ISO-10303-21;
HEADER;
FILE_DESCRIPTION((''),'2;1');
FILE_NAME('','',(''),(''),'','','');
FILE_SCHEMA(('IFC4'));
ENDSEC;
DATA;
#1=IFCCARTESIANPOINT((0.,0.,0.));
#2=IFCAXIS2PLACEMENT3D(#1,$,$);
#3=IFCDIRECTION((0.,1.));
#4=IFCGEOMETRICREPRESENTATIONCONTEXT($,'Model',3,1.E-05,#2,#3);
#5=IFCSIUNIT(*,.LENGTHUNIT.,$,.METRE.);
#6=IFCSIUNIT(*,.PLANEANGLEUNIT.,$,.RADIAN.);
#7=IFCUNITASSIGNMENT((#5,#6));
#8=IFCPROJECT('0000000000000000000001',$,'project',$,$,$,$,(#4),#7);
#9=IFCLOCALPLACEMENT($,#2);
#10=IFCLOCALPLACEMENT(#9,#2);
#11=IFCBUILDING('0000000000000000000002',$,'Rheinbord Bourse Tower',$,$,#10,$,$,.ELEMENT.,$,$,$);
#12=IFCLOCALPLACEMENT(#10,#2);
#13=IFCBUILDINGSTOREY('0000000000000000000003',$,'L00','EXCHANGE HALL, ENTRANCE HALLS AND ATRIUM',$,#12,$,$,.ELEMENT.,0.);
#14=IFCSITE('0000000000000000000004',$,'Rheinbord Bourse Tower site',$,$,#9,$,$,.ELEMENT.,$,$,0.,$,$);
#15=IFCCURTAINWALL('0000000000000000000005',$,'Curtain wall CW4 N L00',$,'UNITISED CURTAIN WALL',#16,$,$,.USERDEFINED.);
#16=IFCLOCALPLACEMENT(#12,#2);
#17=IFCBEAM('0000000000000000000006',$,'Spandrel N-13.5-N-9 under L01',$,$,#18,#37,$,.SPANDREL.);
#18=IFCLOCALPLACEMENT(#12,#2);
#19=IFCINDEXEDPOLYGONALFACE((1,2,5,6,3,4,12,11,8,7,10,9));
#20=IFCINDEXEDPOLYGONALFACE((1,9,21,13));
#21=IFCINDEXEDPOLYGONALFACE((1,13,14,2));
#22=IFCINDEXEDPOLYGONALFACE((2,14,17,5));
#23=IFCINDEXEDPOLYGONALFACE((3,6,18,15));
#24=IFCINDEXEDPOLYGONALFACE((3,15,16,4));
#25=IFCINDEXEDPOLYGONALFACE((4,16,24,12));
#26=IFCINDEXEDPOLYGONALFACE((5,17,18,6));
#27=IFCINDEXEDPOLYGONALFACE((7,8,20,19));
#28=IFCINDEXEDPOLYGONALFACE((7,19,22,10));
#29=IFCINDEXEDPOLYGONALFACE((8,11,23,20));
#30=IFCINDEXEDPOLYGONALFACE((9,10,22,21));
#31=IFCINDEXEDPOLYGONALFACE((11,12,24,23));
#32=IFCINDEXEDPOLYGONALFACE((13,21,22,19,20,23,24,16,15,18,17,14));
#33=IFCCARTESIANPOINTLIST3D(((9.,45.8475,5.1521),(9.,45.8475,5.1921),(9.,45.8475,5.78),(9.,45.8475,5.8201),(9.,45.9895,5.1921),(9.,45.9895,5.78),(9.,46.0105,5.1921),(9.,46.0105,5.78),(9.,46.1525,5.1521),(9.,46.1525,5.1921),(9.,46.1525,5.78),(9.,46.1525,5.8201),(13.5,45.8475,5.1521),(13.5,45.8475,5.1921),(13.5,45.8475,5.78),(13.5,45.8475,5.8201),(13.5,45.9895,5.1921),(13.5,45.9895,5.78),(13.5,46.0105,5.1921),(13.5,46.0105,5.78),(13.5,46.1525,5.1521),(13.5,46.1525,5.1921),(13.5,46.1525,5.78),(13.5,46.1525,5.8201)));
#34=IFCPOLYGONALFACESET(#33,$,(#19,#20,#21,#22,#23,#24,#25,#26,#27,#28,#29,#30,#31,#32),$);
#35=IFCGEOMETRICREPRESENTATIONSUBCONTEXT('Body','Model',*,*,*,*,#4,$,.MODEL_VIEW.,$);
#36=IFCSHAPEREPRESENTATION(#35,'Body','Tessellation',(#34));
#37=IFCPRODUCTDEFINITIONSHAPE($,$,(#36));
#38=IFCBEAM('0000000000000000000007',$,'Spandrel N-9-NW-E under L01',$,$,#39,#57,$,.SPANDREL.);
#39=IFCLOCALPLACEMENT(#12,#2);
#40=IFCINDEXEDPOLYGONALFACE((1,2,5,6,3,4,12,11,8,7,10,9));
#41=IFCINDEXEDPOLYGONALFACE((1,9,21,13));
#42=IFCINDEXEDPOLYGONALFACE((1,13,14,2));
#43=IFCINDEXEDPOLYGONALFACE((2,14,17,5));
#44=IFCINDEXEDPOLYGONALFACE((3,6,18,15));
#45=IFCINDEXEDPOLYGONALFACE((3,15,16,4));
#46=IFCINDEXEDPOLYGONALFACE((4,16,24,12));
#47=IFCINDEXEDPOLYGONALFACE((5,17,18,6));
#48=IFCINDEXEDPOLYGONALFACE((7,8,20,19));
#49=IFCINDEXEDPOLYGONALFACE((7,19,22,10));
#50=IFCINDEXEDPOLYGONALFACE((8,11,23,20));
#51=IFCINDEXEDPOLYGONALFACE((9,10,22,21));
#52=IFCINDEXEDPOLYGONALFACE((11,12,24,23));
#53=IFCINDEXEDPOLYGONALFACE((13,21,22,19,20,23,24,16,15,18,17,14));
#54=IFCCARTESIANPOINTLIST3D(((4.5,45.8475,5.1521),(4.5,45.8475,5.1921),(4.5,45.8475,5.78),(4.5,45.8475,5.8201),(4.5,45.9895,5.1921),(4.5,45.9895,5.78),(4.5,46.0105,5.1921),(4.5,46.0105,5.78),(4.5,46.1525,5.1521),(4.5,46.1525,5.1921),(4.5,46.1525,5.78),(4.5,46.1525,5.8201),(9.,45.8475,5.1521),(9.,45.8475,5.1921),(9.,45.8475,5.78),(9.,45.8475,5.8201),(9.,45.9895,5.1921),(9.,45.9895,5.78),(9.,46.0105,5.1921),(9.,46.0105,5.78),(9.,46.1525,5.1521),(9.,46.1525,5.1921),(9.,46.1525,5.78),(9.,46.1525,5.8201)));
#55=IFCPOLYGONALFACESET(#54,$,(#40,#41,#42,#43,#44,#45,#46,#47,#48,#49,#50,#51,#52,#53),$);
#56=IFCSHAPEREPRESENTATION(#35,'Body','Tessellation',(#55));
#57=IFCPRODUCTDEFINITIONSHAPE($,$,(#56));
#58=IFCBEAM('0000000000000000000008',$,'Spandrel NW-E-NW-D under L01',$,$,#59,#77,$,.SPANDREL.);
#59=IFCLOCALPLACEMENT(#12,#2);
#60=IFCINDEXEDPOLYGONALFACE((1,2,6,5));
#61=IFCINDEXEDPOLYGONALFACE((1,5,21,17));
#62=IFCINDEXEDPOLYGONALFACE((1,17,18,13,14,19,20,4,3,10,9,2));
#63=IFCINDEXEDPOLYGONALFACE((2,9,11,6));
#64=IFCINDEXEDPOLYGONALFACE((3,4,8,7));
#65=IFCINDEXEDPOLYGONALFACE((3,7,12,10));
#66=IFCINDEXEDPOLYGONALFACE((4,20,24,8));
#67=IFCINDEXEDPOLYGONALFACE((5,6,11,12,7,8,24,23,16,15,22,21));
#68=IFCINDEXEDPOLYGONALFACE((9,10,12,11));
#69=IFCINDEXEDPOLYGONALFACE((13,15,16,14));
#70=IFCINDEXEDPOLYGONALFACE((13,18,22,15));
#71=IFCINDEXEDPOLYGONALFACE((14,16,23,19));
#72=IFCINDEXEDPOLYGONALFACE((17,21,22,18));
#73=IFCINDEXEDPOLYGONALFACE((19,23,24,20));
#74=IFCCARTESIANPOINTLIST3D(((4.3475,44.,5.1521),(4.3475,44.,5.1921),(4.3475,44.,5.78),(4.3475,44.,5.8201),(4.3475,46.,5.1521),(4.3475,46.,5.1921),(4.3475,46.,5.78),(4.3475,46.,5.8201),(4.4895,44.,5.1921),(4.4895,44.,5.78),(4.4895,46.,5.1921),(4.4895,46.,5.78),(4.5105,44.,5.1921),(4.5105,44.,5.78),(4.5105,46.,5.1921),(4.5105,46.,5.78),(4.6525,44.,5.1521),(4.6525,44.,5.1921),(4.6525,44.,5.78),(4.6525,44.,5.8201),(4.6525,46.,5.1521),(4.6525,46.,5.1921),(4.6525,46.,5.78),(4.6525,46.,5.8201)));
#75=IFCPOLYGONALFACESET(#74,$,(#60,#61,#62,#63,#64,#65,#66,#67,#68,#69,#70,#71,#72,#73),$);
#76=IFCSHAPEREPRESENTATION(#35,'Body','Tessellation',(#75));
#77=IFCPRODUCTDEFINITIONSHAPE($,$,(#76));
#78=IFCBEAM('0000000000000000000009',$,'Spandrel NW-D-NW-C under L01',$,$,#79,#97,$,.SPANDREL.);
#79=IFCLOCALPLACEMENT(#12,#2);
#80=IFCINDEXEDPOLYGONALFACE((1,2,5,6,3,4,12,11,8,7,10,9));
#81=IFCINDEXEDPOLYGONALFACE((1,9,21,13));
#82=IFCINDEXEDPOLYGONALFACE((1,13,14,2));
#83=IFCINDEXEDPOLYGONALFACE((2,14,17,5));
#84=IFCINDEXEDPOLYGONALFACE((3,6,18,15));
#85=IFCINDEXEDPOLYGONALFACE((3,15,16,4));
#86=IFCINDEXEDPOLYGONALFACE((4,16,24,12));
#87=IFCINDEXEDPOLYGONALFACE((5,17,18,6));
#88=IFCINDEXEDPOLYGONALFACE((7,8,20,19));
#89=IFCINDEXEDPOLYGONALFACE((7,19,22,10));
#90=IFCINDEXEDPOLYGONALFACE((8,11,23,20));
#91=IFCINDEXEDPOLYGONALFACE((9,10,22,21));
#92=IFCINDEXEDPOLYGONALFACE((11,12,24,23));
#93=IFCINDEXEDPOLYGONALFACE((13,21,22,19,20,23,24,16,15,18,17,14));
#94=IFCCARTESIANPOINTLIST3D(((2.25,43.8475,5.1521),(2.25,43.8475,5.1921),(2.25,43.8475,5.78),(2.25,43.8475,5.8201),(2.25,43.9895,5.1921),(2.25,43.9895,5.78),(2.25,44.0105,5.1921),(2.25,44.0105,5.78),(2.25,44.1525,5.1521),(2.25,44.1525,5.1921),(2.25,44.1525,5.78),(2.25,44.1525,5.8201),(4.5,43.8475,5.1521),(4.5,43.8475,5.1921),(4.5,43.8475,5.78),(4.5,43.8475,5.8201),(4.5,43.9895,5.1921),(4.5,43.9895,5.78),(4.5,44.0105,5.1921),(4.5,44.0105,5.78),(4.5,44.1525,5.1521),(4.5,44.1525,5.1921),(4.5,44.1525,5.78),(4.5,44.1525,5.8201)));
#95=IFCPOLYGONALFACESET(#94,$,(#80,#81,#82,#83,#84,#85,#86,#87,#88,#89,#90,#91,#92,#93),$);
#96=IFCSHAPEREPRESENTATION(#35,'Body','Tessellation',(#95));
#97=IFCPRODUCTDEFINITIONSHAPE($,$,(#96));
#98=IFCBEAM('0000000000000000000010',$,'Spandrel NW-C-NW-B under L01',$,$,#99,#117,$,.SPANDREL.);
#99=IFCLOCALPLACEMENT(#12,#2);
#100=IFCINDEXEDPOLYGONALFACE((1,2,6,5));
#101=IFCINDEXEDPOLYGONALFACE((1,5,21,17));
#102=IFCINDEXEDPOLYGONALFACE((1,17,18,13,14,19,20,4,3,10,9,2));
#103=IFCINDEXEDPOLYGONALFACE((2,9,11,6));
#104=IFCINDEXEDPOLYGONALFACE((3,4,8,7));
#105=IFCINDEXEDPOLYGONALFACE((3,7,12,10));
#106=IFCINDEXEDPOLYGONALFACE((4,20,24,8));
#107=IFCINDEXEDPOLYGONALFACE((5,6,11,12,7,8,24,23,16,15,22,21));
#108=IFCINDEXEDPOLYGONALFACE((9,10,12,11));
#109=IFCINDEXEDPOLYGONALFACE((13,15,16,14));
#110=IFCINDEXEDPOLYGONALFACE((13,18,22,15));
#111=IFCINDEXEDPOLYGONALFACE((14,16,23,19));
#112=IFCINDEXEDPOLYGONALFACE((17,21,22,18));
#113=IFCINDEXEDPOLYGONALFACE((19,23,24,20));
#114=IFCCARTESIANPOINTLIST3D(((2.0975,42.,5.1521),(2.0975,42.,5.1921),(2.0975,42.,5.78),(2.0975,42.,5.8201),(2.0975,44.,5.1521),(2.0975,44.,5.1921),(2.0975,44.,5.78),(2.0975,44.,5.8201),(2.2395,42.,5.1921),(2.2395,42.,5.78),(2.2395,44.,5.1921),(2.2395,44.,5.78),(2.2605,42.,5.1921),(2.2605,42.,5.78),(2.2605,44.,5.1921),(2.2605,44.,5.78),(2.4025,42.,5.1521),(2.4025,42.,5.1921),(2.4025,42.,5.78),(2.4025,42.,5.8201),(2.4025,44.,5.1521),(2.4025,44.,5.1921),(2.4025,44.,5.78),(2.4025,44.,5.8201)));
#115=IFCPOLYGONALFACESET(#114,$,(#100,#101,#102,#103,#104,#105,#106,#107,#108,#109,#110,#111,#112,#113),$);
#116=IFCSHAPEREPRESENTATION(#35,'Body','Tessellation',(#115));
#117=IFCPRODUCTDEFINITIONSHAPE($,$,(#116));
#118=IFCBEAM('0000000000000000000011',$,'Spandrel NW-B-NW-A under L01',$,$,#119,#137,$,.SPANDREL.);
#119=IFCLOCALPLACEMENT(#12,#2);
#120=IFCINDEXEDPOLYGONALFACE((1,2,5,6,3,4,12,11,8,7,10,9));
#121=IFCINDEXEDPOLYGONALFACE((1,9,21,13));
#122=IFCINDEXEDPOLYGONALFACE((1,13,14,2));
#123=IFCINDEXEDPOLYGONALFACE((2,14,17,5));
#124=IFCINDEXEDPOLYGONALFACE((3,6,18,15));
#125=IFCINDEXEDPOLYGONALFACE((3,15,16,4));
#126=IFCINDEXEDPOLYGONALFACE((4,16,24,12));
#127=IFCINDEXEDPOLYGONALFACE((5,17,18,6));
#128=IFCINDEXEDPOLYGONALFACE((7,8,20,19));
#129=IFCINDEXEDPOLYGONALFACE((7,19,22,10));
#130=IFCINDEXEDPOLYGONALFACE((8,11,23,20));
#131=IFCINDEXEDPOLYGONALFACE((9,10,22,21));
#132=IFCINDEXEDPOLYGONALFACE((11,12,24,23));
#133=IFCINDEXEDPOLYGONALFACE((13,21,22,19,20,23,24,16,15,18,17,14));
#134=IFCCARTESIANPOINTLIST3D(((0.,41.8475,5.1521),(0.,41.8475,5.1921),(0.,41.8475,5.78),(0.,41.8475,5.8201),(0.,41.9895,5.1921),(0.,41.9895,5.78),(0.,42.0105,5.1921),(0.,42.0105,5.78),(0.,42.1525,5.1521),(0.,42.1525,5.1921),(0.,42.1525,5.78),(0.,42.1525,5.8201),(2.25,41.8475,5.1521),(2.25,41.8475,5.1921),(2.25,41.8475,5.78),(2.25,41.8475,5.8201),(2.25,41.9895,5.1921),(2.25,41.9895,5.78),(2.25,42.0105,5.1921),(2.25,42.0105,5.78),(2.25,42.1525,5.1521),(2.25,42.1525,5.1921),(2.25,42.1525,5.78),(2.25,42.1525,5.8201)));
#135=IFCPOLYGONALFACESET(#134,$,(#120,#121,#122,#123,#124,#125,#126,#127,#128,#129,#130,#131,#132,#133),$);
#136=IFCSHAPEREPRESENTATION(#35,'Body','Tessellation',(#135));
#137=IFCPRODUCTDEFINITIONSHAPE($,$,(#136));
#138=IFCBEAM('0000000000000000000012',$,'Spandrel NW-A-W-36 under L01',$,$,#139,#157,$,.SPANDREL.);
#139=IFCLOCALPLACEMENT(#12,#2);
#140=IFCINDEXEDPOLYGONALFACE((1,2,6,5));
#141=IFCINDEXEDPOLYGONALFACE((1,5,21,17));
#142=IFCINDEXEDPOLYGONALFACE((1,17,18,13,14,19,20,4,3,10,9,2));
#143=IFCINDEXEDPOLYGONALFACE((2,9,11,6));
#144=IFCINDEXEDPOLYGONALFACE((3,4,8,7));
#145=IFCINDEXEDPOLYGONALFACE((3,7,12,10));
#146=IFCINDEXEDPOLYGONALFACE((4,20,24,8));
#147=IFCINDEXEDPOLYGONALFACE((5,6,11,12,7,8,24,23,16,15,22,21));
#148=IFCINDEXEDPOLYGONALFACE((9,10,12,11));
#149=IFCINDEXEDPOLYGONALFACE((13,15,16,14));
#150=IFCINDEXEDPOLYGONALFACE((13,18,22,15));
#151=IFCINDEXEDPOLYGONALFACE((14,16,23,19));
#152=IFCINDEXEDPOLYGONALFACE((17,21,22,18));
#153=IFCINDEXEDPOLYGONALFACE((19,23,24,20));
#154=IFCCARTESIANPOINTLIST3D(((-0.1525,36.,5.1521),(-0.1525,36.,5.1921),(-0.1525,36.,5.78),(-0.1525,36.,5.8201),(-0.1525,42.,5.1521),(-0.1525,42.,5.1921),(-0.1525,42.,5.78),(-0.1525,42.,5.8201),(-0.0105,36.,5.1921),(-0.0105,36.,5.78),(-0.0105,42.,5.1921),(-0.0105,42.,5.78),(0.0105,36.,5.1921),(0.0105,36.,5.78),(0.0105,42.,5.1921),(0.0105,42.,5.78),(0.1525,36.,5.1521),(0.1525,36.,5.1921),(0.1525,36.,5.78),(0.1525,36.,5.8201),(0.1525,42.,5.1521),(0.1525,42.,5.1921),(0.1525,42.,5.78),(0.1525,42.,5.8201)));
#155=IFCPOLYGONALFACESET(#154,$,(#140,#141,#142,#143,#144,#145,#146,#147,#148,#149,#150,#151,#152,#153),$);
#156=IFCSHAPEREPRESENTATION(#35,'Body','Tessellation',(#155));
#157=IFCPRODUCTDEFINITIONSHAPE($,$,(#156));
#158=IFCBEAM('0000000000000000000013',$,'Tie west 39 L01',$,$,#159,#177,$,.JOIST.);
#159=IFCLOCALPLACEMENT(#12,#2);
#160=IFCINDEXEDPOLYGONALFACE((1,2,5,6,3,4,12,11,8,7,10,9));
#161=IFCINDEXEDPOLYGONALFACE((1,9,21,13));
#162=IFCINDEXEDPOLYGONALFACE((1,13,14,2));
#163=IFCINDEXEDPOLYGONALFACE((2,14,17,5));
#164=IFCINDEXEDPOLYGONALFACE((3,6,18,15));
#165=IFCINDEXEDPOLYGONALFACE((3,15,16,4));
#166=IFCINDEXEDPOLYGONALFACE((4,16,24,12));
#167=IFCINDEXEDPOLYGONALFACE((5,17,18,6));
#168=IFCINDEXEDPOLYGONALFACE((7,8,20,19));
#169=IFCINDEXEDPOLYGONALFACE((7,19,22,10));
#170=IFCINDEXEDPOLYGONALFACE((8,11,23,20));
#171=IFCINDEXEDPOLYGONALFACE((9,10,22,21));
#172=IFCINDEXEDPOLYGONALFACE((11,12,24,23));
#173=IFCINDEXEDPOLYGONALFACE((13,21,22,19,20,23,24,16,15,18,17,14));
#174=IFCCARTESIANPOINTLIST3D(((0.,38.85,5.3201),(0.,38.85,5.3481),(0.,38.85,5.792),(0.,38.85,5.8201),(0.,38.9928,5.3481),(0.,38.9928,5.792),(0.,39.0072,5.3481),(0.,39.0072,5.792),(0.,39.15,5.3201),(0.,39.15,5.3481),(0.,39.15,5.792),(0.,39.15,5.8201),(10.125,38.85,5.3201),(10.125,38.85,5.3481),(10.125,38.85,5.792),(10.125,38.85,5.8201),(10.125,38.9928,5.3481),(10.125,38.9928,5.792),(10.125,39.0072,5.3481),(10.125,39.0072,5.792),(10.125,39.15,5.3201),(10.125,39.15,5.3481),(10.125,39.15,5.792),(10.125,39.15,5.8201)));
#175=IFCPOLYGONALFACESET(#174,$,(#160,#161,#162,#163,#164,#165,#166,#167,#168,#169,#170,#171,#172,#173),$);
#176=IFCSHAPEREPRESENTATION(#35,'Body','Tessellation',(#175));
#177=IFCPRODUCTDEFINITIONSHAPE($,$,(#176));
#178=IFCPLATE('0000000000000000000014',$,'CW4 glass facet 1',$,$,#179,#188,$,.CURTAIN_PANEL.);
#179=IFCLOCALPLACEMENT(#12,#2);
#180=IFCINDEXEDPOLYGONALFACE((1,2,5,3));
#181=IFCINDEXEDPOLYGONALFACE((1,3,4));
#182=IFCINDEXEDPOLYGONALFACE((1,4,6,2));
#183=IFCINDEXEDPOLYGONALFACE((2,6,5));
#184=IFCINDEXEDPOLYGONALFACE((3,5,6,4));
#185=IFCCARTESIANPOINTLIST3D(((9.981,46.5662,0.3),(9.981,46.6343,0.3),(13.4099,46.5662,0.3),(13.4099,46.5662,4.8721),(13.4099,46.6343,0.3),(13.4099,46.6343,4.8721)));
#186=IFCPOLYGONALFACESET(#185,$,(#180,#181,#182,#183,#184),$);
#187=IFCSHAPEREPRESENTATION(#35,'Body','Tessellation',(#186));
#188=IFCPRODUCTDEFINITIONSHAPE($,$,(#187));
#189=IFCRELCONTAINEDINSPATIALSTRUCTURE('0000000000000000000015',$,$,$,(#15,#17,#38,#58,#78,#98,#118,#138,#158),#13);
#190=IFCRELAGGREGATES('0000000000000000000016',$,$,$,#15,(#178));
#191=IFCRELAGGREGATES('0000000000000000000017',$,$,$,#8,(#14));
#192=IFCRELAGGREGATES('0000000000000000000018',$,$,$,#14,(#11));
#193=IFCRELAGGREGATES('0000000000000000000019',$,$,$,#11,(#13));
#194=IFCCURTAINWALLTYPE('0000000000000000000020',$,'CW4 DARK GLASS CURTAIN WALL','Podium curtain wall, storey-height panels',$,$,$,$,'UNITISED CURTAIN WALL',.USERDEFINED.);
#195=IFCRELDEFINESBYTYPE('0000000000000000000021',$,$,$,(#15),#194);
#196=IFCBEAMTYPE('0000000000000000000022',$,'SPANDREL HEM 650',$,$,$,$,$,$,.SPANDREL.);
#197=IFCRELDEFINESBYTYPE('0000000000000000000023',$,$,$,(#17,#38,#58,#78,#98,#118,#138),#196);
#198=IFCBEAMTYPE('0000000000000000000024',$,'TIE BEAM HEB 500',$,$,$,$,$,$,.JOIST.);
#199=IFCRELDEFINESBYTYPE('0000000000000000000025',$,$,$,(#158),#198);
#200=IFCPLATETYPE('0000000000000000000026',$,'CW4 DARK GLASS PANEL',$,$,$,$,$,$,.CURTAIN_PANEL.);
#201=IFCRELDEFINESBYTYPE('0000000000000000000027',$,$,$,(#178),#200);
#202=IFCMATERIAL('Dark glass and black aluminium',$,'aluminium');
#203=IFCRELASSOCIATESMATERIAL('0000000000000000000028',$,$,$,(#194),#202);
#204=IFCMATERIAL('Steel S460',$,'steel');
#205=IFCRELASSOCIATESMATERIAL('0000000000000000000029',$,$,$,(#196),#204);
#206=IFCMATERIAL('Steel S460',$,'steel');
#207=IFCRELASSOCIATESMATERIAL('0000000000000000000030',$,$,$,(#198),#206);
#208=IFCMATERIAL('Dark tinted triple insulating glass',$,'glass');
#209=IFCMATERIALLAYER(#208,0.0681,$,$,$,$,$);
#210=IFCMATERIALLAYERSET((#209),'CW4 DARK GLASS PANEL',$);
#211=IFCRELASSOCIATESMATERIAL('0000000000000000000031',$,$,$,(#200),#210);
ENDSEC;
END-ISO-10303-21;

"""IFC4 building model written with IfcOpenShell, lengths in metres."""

from ifc_helpers import new_model, si_unit, direction, frame, origin, origin_2d, place, context, subcontext, project, spatial, polyline, i_section, outline, extrude, material, layer, layer_set, material_profile, profile_set, type_object, element, aggregate, save


model = new_model("IFC4")

# Units and contexts
model_context = context("Model", 3, precision=1e-05, world=origin(), true_north=direction((0.0, 1.0)))
body_context = subcontext(model_context, "Body", "Model", "MODEL_VIEW")
ifc_project = project(units=[si_unit("LENGTHUNIT", "METRE"), si_unit("PLANEANGLEUNIT", "RADIAN")], contexts=[model_context])

# Site, building, storey
site_placement = place(None, origin())
site = spatial("IfcSite", under=ifc_project, at=site_placement, Name="Rheinbord Bourse Tower site", CompositionType="ELEMENT", RefElevation=0.0)
building_placement = place(site_placement, origin())
building = spatial("IfcBuilding", under=site, at=building_placement, Name="Rheinbord Bourse Tower", CompositionType="ELEMENT")
storey_placement = place(building_placement, origin())
storey = spatial("IfcBuildingStorey", under=building, at=storey_placement, Name="L00", Description="EXCHANGE HALL, ENTRANCE HALLS AND ATRIUM", CompositionType="ELEMENT", Elevation=0.0)

# Curtain wall
ifc_material_1 = material(Name="Dark glass and black aluminium", Category="aluminium")
curtain_wall_type = type_object("IfcCurtainWallType", Name="CW4 DARK GLASS CURTAIN WALL", Description="Podium curtain wall, storey-height panels", ElementType="UNITISED CURTAIN WALL", PredefinedType="USERDEFINED", material=ifc_material_1)
curtain_wall_1_placement = place(storey_placement, origin())
curtain_wall_1 = element("IfcCurtainWall", 1, at=curtain_wall_1_placement, inside=storey, type_object=curtain_wall_type, Name="Curtain wall CW4 N L00", ObjectType="UNITISED CURTAIN WALL", PredefinedType="USERDEFINED")

# Beams
ifc_material_2 = material(Name="Steel S460", Category="steel")
ifc_material_profile_1 = material_profile(ifc_material_2, i_section(OverallWidth=0.3049, OverallDepth=0.668, WebThickness=0.021, FlangeThickness=0.04, at=origin_2d()), Name="HEM 650")
ifc_profile_set_1 = profile_set([ifc_material_profile_1], Name="Steel S460")
beam_type_1 = type_object("IfcBeamType", Name="SPANDREL HEM 650", PredefinedType="SPANDREL", material=ifc_profile_set_1)
for number, where, z_axis, x_axis, name in (
    (2, (13.5, 46.0, 5.4861), (-1.0, 0.0, 0.0), (0.0, -1.0, 0.0), "Spandrel N-13.5-N-9 under L01"),
    (3, (9.0, 46.0, 5.4861), (-1.0, 0.0, 0.0), (0.0, -1.0, 0.0), "Spandrel N-9-NW-E under L01"),
):
    element("IfcBeam", number, at=place(storey_placement, frame(where, z_axis=z_axis, x_axis=x_axis)), inside=storey, type_object=beam_type_1, Name=name, PredefinedType="SPANDREL", context=body_context, shape_type="SweptSolid", body=[
        extrude(i_section(OverallWidth=0.3049, OverallDepth=0.668, WebThickness=0.021, FlangeThickness=0.04, at=origin_2d()), origin(), (0.0, 0.0, 1.0), 4.5),
    ])
beam_1_placement = place(storey_placement, frame((4.5, 46.0, 5.4861), z_axis=(0.0, -1.0, 0.0), x_axis=(1.0, 0.0, 0.0)))
element("IfcBeam", 4, at=beam_1_placement, inside=storey, type_object=beam_type_1, Name="Spandrel NW-E-NW-D under L01", PredefinedType="SPANDREL", context=body_context, shape_type="SweptSolid", body=[
    extrude(i_section(OverallWidth=0.3049, OverallDepth=0.668, WebThickness=0.021, FlangeThickness=0.04, at=origin_2d()), origin(), (0.0, 0.0, 1.0), 2.0),
])
beam_2_placement = place(storey_placement, frame((4.5, 44.0, 5.4861), z_axis=(-1.0, 0.0, 0.0), x_axis=(0.0, -1.0, 0.0)))
element("IfcBeam", 5, at=beam_2_placement, inside=storey, type_object=beam_type_1, Name="Spandrel NW-D-NW-C under L01", PredefinedType="SPANDREL", context=body_context, shape_type="SweptSolid", body=[
    extrude(i_section(OverallWidth=0.3049, OverallDepth=0.668, WebThickness=0.021, FlangeThickness=0.04, at=origin_2d()), origin(), (0.0, 0.0, 1.0), 2.25),
])
beam_3_placement = place(storey_placement, frame((2.25, 44.0, 5.4861), z_axis=(0.0, -1.0, 0.0), x_axis=(1.0, 0.0, 0.0)))
element("IfcBeam", 6, at=beam_3_placement, inside=storey, type_object=beam_type_1, Name="Spandrel NW-C-NW-B under L01", PredefinedType="SPANDREL", context=body_context, shape_type="SweptSolid", body=[
    extrude(i_section(OverallWidth=0.3049, OverallDepth=0.668, WebThickness=0.021, FlangeThickness=0.04, at=origin_2d()), origin(), (0.0, 0.0, 1.0), 2.0),
])
beam_4_placement = place(storey_placement, frame((2.25, 42.0, 5.4861), z_axis=(-1.0, 0.0, 0.0), x_axis=(0.0, -1.0, 0.0)))
element("IfcBeam", 7, at=beam_4_placement, inside=storey, type_object=beam_type_1, Name="Spandrel NW-B-NW-A under L01", PredefinedType="SPANDREL", context=body_context, shape_type="SweptSolid", body=[
    extrude(i_section(OverallWidth=0.3049, OverallDepth=0.668, WebThickness=0.021, FlangeThickness=0.04, at=origin_2d()), origin(), (0.0, 0.0, 1.0), 2.25),
])
beam_5_placement = place(storey_placement, frame((0.0, 42.0, 5.4861), z_axis=(0.0, -1.0, 0.0), x_axis=(1.0, 0.0, 0.0)))
element("IfcBeam", 8, at=beam_5_placement, inside=storey, type_object=beam_type_1, Name="Spandrel NW-A-W-36 under L01", PredefinedType="SPANDREL", context=body_context, shape_type="SweptSolid", body=[
    extrude(i_section(OverallWidth=0.3049, OverallDepth=0.668, WebThickness=0.021, FlangeThickness=0.04, at=origin_2d()), origin(), (0.0, 0.0, 1.0), 6.0),
])
ifc_material_3 = material(Name="Steel S460", Category="steel")
ifc_material_profile_2 = material_profile(ifc_material_3, i_section(OverallWidth=0.3, OverallDepth=0.5, WebThickness=0.0144, FlangeThickness=0.0281, at=origin_2d()), Name="HEB 500")
ifc_profile_set_2 = profile_set([ifc_material_profile_2], Name="Steel S460")
beam_type_2 = type_object("IfcBeamType", Name="TIE BEAM HEB 500", PredefinedType="JOIST", material=ifc_profile_set_2)
beam_6_placement = place(storey_placement, frame((0.0, 39.0, 5.5701), z_axis=(1.0, 0.0, 0.0), x_axis=(0.0, 1.0, 0.0)))
element("IfcBeam", 9, at=beam_6_placement, inside=storey, type_object=beam_type_2, Name="Tie west 39 L01", PredefinedType="JOIST", context=body_context, shape_type="SweptSolid", body=[
    extrude(i_section(OverallWidth=0.3, OverallDepth=0.5, WebThickness=0.0144, FlangeThickness=0.0281, at=origin_2d()), origin(), (0.0, 0.0, 1.0), 10.125),
])

# Plate
ifc_material_4 = material(Name="Dark tinted triple insulating glass", Category="glass")
ifc_layer_1 = layer(ifc_material_4, 0.0681)
ifc_layer_set_1 = layer_set([ifc_layer_1], Name="CW4 DARK GLASS PANEL")
plate_type = type_object("IfcPlateType", Name="CW4 DARK GLASS PANEL", PredefinedType="CURTAIN_PANEL", material=ifc_layer_set_1)
plate_1_placement = place(storey_placement, frame((13.4099, 46.6343, 0.3), z_axis=(0.0, -1.0, 0.0), x_axis=(0.0, 0.0, 1.0)))
plate_1 = element("IfcPlate", 10, at=plate_1_placement, type_object=plate_type, Name="CW4 glass facet 1", PredefinedType="CURTAIN_PANEL", context=body_context, shape_type="SweptSolid", body=[
    extrude(outline(polyline([(0.0, 0.0), (4.572, 0.0), (0.0, 3.429), (0.0, 0.0)])), origin(), (0.0, 0.0, 1.0), 0.0681),
])
aggregate(curtain_wall_1, [plate_1])

save(model, "model.ifc")
